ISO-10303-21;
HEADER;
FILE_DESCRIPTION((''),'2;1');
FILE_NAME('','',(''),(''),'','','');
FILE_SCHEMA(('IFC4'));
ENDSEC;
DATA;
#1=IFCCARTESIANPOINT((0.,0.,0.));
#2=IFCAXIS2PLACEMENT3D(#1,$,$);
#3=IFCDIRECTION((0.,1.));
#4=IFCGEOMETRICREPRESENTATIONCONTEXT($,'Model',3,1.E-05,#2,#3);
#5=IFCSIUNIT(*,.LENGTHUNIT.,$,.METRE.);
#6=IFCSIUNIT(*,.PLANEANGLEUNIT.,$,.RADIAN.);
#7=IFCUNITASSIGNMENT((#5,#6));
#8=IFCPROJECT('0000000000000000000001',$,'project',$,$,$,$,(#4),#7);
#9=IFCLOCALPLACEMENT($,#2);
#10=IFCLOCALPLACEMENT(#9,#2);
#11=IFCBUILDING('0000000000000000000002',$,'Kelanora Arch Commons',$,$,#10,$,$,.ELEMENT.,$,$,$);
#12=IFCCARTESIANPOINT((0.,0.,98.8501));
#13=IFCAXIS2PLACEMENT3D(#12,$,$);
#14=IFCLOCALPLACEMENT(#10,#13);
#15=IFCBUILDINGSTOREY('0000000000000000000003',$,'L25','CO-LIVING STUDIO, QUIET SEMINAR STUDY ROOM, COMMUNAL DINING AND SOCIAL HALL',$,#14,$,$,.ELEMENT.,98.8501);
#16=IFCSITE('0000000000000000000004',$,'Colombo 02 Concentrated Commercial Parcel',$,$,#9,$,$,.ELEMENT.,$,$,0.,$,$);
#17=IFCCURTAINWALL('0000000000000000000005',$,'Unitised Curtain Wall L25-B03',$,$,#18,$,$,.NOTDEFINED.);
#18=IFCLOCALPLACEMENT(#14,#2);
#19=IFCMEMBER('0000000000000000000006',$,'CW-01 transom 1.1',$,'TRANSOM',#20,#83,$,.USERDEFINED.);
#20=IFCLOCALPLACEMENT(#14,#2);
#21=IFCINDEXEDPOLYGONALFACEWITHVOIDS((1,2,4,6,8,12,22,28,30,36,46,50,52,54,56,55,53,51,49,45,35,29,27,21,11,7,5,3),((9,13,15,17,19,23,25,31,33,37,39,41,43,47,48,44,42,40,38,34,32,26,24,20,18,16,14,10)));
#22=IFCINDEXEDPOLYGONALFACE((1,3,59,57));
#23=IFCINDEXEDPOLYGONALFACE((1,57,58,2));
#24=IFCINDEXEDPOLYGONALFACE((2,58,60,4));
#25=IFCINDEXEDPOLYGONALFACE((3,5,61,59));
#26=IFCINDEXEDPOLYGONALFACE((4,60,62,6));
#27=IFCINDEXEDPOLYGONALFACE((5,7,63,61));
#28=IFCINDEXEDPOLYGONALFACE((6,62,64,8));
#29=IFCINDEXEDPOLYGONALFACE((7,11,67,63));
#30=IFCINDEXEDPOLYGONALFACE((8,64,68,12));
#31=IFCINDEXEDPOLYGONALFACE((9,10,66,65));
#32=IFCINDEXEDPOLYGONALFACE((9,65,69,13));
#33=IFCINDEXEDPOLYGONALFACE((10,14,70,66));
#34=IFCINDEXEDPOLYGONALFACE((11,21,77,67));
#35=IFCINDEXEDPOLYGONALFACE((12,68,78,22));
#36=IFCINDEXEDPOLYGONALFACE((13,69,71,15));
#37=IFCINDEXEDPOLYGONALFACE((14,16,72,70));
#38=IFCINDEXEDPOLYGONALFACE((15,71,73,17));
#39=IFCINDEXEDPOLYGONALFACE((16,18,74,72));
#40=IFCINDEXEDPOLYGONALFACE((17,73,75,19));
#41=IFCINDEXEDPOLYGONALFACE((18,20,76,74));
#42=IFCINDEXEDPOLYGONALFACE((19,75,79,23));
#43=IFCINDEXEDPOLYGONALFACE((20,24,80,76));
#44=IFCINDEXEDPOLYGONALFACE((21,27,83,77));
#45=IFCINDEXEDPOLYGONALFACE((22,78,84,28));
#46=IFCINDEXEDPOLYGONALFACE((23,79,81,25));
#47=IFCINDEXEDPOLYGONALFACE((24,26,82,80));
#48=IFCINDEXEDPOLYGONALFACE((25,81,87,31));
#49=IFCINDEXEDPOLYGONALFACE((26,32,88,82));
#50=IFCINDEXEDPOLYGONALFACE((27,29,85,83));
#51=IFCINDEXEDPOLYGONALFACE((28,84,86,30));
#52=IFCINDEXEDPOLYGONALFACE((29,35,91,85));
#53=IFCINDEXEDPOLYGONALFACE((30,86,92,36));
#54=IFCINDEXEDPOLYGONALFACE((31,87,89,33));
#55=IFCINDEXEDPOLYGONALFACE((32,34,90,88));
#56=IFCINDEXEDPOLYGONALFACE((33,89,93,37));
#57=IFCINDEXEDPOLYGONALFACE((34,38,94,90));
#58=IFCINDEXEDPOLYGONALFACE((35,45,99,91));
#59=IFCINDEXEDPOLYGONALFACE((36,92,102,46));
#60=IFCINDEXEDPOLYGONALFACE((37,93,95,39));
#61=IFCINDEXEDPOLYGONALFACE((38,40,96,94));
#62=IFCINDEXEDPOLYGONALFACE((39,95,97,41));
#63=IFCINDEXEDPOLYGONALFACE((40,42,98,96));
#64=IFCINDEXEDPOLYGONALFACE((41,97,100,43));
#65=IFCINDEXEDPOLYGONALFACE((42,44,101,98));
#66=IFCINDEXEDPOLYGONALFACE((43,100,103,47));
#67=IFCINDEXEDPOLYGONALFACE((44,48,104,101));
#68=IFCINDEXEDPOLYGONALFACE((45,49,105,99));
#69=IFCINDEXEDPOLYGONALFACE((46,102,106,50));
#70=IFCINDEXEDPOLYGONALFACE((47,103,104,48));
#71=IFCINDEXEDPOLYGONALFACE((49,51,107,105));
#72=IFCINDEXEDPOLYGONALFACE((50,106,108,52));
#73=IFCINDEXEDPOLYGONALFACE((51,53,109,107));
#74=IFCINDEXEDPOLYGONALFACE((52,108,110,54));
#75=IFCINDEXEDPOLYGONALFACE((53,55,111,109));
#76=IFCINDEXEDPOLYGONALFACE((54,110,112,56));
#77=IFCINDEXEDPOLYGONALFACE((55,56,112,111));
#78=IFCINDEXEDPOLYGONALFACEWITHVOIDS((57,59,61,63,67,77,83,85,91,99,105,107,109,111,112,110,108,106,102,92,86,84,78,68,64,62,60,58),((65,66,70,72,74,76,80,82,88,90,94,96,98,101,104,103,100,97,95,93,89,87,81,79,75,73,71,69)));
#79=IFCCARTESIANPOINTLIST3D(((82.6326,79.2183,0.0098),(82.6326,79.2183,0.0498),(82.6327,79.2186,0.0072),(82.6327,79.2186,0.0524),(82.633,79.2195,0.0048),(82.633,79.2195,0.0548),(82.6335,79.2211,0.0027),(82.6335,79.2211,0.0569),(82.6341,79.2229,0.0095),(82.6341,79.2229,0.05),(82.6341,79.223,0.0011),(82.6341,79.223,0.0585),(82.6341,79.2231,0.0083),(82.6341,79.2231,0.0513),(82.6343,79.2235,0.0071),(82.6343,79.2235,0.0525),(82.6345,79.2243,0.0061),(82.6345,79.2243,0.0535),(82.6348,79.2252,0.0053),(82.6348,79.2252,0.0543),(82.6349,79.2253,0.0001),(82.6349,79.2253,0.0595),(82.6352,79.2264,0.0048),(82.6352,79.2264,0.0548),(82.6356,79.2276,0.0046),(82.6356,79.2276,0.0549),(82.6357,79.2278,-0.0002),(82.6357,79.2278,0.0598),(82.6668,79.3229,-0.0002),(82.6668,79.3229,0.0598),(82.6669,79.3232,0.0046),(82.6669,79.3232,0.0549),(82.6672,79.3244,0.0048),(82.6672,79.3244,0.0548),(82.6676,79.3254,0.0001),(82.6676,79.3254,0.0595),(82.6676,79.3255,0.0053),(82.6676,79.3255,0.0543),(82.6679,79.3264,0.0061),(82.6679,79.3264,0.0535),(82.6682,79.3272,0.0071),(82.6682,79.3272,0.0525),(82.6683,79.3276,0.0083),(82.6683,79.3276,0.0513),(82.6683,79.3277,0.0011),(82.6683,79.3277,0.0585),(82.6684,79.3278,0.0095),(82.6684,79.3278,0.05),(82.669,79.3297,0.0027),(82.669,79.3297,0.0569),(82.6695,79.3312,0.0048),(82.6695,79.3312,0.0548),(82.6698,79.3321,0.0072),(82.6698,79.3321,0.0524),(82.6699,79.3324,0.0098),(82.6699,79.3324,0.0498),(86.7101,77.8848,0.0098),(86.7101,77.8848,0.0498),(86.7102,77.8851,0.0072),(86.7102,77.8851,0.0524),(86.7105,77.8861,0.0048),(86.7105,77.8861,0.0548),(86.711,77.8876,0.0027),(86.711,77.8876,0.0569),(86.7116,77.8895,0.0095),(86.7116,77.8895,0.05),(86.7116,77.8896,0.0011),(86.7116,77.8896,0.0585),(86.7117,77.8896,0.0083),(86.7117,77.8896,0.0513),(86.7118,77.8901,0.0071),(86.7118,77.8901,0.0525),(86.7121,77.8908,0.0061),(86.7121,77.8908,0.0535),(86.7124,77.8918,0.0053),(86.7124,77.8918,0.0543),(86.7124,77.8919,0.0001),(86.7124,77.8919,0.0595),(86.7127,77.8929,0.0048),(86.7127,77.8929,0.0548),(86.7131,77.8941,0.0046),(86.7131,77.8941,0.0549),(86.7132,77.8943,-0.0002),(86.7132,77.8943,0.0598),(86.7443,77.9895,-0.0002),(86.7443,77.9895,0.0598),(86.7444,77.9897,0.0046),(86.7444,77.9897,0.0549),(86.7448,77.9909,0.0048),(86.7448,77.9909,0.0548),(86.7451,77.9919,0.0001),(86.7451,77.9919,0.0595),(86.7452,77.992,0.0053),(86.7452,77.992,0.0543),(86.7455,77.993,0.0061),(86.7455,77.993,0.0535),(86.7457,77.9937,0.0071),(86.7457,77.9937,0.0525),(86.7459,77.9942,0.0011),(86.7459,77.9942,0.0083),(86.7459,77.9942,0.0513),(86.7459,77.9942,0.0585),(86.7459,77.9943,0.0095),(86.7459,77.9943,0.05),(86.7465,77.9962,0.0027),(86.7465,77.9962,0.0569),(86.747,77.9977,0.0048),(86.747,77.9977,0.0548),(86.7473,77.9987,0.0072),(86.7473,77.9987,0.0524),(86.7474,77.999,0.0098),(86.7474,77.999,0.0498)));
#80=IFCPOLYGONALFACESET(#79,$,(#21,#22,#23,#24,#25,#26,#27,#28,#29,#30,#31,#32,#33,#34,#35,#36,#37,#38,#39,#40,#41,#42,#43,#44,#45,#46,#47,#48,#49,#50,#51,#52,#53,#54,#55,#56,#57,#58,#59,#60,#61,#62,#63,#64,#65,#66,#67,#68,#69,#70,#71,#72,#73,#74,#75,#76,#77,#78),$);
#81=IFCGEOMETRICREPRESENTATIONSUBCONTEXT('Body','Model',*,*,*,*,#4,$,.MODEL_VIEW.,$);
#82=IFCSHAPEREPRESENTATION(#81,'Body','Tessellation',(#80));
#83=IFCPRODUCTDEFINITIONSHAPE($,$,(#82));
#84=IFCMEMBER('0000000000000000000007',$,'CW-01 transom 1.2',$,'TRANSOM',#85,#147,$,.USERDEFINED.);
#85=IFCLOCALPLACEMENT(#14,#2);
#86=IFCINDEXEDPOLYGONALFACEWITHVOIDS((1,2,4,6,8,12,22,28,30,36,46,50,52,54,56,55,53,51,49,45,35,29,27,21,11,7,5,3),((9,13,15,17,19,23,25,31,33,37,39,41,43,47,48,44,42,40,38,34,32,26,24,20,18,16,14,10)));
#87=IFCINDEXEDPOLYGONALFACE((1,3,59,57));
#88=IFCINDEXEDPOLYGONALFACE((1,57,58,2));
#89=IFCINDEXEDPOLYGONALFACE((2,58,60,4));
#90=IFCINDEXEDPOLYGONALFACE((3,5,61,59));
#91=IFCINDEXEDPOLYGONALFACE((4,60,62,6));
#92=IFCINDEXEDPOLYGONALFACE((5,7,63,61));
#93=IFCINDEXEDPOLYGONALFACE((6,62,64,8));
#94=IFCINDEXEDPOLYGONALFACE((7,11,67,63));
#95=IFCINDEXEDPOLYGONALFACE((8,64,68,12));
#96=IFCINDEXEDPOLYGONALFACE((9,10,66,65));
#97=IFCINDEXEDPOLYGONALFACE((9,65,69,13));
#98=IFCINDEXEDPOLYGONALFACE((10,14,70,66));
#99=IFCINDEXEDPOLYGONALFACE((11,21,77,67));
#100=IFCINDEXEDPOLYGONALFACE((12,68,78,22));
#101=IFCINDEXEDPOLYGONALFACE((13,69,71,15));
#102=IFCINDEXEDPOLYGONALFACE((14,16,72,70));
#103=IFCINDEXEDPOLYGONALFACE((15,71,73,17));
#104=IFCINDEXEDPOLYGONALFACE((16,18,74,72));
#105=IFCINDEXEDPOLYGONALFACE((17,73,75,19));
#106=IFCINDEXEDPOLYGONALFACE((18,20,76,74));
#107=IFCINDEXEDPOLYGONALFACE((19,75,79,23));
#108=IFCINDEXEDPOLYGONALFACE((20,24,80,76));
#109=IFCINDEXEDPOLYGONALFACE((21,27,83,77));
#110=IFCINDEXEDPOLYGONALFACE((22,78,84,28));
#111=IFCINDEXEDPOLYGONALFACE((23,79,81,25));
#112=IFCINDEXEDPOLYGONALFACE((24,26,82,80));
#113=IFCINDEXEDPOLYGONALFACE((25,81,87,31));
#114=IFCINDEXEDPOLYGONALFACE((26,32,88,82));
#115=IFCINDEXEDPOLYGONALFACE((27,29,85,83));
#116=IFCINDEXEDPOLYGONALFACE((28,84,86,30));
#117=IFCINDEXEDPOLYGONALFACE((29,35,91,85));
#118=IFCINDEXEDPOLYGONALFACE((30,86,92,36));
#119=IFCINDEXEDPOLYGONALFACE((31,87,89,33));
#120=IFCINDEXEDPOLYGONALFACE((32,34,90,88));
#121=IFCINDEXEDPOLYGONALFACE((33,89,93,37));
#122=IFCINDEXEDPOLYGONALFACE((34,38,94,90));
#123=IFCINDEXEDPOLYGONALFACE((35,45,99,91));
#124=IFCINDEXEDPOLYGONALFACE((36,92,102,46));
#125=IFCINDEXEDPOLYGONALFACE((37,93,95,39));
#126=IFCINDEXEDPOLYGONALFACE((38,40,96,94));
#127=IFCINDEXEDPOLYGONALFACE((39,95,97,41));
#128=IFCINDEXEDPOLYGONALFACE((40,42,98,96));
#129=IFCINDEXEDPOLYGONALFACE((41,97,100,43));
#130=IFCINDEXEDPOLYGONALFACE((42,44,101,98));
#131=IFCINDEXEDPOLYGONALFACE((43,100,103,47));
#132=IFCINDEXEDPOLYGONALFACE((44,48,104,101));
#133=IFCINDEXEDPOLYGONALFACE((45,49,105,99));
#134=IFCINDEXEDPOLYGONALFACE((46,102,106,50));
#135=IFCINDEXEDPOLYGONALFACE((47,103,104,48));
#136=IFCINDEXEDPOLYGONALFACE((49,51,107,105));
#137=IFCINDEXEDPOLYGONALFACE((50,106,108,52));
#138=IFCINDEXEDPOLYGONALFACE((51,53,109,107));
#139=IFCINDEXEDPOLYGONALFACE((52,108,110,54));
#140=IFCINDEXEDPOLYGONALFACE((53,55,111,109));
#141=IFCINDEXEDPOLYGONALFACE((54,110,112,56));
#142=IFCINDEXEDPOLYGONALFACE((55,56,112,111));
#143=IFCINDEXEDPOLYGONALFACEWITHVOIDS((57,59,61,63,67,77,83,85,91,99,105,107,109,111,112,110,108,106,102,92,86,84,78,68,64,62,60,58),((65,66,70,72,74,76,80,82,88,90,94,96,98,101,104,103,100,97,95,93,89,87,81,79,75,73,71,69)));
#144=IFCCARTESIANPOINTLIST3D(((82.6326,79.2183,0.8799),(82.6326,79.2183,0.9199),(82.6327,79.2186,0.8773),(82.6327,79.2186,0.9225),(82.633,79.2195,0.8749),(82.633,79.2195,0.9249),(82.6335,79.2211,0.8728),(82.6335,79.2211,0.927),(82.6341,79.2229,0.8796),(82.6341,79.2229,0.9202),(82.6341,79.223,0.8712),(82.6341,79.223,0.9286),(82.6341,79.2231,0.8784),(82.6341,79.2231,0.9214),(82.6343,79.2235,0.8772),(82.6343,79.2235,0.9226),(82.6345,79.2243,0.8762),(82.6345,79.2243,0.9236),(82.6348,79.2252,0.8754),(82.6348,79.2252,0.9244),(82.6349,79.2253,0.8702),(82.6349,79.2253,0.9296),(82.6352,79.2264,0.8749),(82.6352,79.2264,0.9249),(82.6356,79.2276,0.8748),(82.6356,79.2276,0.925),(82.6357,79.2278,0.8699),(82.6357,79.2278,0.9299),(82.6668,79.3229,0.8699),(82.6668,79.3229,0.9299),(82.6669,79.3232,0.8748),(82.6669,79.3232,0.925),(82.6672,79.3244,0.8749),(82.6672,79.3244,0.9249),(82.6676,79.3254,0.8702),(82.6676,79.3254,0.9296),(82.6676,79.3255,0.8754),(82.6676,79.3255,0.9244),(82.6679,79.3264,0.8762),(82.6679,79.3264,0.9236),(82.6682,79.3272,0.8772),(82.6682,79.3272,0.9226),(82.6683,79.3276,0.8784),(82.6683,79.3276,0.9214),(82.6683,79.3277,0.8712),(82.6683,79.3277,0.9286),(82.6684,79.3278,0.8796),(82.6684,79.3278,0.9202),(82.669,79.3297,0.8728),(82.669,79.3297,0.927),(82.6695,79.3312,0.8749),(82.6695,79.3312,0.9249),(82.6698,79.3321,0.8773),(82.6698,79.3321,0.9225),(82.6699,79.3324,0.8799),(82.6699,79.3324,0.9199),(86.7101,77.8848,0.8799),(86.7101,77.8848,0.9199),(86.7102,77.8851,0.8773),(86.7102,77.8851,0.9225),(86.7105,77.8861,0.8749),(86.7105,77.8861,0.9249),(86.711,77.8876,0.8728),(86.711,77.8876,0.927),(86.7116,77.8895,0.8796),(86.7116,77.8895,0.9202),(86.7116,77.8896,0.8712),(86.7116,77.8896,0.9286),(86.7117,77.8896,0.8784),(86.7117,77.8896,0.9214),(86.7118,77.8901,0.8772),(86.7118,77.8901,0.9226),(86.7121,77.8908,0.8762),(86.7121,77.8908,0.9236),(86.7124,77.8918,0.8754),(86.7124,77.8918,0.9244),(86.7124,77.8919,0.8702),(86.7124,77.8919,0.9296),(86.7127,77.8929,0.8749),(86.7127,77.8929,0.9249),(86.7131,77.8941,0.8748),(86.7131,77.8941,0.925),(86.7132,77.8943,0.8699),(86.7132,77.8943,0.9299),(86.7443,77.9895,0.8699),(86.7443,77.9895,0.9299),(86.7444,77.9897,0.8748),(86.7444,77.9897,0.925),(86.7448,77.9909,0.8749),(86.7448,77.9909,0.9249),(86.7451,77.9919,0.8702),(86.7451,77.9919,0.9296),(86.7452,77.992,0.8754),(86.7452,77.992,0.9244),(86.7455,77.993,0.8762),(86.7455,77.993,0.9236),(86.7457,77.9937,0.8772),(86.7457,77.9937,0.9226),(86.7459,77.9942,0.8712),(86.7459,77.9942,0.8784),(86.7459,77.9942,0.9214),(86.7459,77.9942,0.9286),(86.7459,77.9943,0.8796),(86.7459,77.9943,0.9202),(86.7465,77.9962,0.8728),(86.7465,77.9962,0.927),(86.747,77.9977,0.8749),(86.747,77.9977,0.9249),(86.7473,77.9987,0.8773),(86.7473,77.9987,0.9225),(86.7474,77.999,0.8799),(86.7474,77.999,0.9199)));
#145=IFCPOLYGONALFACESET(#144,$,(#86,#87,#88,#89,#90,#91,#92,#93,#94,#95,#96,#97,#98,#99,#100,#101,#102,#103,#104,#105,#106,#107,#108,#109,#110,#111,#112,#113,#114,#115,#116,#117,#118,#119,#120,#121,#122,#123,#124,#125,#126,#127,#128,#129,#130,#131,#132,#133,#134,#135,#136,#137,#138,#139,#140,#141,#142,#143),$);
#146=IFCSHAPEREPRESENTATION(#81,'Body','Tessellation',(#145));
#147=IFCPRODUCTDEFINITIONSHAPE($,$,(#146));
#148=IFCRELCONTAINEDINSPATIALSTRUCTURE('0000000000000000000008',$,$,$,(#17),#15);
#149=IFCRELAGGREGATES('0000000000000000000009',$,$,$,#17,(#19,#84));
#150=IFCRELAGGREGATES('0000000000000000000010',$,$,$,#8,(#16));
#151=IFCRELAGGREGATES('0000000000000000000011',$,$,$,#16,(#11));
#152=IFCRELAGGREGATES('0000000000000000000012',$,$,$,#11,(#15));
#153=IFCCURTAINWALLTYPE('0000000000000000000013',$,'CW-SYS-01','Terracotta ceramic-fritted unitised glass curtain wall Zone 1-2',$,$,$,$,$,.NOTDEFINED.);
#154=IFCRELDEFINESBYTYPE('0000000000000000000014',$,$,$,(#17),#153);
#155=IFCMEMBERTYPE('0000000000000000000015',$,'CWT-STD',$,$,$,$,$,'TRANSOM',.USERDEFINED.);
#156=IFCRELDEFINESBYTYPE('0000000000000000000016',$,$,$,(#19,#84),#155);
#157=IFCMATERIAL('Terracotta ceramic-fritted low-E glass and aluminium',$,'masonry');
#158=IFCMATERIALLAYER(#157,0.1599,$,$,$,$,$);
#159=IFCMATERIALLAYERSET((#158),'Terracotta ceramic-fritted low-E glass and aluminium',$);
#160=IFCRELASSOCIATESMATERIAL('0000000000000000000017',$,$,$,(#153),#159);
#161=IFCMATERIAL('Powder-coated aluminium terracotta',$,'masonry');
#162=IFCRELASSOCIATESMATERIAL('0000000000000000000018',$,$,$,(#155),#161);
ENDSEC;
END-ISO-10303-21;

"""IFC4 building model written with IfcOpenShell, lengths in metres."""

from ifc_helpers import new_model, si_unit, direction, frame, origin, origin_2d, place, context, subcontext, project, spatial, hollow_rectangle, extrude, material, layer, layer_set, material_profile, profile_set, type_object, element, aggregate, save


model = new_model("IFC4")

# Units and contexts
model_context = context("Model", 3, precision=1e-05, world=origin(), true_north=direction((0.0, 1.0)))
body_context = subcontext(model_context, "Body", "Model", "MODEL_VIEW")
ifc_project = project(units=[si_unit("LENGTHUNIT", "METRE"), si_unit("PLANEANGLEUNIT", "RADIAN")], contexts=[model_context])

# Site, building, storey
site_placement = place(None, origin())
site = spatial("IfcSite", under=ifc_project, at=site_placement, Name="Colombo 02 Concentrated Commercial Parcel", CompositionType="ELEMENT", RefElevation=0.0)
building_placement = place(site_placement, origin())
building = spatial("IfcBuilding", under=site, at=building_placement, Name="Kelanora Arch Commons", CompositionType="ELEMENT")
storey_placement = place(building_placement, frame((0.0, 0.0, 98.8501)))
storey = spatial("IfcBuildingStorey", under=building, at=storey_placement, Name="L25", Description="CO-LIVING STUDIO, QUIET SEMINAR STUDY ROOM, COMMUNAL DINING AND SOCIAL HALL", CompositionType="ELEMENT", Elevation=98.8501)

# Curtain wall, members
ifc_material_1 = material(Name="Terracotta ceramic-fritted low-E glass and aluminium", Category="masonry")
ifc_layer_1 = layer(ifc_material_1, 0.1599)
ifc_layer_set_1 = layer_set([ifc_layer_1], Name="Terracotta ceramic-fritted low-E glass and aluminium")
curtain_wall_type = type_object("IfcCurtainWallType", Name="CW-SYS-01", Description="Terracotta ceramic-fritted unitised glass curtain wall Zone 1-2", PredefinedType="NOTDEFINED", material=ifc_layer_set_1)
curtain_wall_placement = place(storey_placement, origin())
curtain_wall = element("IfcCurtainWall", 1, at=curtain_wall_placement, inside=storey, type_object=curtain_wall_type, Name="Unitised Curtain Wall L25-B03", PredefinedType="NOTDEFINED")
ifc_material_2 = material(Name="Powder-coated aluminium terracotta", Category="masonry")
ifc_material_profile_1 = material_profile(ifc_material_2, hollow_rectangle(XDim=0.1201, YDim=0.0601, WallThickness=0.0049, InnerFilletRadius=0.0049, OuterFilletRadius=0.01, at=origin_2d()), Name="CWT120x60")
ifc_profile_set_1 = profile_set([ifc_material_profile_1], Name="Powder-coated aluminium terracotta")
member_type_1 = type_object("IfcMemberType", Name="CWT-STD", ElementType="TRANSOM", PredefinedType="USERDEFINED", material=ifc_profile_set_1)
member_1_placement = place(storey_placement, frame((86.7288, 77.9419, 0.0298), z_axis=(-0.950466, 0.310828, 0.0), x_axis=(-0.310828, -0.950466, 0.0)))
member_1 = element("IfcMember", 2, at=member_1_placement, type_object=member_type_1, Name="CW-01 transom 1.1", ObjectType="TRANSOM", PredefinedType="USERDEFINED", context=body_context, shape_type="SweptSolid", body=[
    extrude(hollow_rectangle(XDim=0.1201, YDim=0.0601, WallThickness=0.0049, InnerFilletRadius=0.0049, OuterFilletRadius=0.01, at=origin_2d()), origin(), (0.0, 0.0, 1.0), 4.29),
])
member_2_placement = place(storey_placement, frame((86.7288, 77.9419, 0.8999), z_axis=(-0.950466, 0.310828, 0.0), x_axis=(-0.310828, -0.950466, 0.0)))
member_2 = element("IfcMember", 3, at=member_2_placement, type_object=member_type_1, Name="CW-01 transom 1.2", ObjectType="TRANSOM", PredefinedType="USERDEFINED", context=body_context, shape_type="SweptSolid", body=[
    extrude(hollow_rectangle(XDim=0.1201, YDim=0.0601, WallThickness=0.0049, InnerFilletRadius=0.0049, OuterFilletRadius=0.01, at=origin_2d()), origin(), (0.0, 0.0, 1.0), 4.29),
])
aggregate(curtain_wall, [member_1, member_2])

save(model, "model.ifc")
